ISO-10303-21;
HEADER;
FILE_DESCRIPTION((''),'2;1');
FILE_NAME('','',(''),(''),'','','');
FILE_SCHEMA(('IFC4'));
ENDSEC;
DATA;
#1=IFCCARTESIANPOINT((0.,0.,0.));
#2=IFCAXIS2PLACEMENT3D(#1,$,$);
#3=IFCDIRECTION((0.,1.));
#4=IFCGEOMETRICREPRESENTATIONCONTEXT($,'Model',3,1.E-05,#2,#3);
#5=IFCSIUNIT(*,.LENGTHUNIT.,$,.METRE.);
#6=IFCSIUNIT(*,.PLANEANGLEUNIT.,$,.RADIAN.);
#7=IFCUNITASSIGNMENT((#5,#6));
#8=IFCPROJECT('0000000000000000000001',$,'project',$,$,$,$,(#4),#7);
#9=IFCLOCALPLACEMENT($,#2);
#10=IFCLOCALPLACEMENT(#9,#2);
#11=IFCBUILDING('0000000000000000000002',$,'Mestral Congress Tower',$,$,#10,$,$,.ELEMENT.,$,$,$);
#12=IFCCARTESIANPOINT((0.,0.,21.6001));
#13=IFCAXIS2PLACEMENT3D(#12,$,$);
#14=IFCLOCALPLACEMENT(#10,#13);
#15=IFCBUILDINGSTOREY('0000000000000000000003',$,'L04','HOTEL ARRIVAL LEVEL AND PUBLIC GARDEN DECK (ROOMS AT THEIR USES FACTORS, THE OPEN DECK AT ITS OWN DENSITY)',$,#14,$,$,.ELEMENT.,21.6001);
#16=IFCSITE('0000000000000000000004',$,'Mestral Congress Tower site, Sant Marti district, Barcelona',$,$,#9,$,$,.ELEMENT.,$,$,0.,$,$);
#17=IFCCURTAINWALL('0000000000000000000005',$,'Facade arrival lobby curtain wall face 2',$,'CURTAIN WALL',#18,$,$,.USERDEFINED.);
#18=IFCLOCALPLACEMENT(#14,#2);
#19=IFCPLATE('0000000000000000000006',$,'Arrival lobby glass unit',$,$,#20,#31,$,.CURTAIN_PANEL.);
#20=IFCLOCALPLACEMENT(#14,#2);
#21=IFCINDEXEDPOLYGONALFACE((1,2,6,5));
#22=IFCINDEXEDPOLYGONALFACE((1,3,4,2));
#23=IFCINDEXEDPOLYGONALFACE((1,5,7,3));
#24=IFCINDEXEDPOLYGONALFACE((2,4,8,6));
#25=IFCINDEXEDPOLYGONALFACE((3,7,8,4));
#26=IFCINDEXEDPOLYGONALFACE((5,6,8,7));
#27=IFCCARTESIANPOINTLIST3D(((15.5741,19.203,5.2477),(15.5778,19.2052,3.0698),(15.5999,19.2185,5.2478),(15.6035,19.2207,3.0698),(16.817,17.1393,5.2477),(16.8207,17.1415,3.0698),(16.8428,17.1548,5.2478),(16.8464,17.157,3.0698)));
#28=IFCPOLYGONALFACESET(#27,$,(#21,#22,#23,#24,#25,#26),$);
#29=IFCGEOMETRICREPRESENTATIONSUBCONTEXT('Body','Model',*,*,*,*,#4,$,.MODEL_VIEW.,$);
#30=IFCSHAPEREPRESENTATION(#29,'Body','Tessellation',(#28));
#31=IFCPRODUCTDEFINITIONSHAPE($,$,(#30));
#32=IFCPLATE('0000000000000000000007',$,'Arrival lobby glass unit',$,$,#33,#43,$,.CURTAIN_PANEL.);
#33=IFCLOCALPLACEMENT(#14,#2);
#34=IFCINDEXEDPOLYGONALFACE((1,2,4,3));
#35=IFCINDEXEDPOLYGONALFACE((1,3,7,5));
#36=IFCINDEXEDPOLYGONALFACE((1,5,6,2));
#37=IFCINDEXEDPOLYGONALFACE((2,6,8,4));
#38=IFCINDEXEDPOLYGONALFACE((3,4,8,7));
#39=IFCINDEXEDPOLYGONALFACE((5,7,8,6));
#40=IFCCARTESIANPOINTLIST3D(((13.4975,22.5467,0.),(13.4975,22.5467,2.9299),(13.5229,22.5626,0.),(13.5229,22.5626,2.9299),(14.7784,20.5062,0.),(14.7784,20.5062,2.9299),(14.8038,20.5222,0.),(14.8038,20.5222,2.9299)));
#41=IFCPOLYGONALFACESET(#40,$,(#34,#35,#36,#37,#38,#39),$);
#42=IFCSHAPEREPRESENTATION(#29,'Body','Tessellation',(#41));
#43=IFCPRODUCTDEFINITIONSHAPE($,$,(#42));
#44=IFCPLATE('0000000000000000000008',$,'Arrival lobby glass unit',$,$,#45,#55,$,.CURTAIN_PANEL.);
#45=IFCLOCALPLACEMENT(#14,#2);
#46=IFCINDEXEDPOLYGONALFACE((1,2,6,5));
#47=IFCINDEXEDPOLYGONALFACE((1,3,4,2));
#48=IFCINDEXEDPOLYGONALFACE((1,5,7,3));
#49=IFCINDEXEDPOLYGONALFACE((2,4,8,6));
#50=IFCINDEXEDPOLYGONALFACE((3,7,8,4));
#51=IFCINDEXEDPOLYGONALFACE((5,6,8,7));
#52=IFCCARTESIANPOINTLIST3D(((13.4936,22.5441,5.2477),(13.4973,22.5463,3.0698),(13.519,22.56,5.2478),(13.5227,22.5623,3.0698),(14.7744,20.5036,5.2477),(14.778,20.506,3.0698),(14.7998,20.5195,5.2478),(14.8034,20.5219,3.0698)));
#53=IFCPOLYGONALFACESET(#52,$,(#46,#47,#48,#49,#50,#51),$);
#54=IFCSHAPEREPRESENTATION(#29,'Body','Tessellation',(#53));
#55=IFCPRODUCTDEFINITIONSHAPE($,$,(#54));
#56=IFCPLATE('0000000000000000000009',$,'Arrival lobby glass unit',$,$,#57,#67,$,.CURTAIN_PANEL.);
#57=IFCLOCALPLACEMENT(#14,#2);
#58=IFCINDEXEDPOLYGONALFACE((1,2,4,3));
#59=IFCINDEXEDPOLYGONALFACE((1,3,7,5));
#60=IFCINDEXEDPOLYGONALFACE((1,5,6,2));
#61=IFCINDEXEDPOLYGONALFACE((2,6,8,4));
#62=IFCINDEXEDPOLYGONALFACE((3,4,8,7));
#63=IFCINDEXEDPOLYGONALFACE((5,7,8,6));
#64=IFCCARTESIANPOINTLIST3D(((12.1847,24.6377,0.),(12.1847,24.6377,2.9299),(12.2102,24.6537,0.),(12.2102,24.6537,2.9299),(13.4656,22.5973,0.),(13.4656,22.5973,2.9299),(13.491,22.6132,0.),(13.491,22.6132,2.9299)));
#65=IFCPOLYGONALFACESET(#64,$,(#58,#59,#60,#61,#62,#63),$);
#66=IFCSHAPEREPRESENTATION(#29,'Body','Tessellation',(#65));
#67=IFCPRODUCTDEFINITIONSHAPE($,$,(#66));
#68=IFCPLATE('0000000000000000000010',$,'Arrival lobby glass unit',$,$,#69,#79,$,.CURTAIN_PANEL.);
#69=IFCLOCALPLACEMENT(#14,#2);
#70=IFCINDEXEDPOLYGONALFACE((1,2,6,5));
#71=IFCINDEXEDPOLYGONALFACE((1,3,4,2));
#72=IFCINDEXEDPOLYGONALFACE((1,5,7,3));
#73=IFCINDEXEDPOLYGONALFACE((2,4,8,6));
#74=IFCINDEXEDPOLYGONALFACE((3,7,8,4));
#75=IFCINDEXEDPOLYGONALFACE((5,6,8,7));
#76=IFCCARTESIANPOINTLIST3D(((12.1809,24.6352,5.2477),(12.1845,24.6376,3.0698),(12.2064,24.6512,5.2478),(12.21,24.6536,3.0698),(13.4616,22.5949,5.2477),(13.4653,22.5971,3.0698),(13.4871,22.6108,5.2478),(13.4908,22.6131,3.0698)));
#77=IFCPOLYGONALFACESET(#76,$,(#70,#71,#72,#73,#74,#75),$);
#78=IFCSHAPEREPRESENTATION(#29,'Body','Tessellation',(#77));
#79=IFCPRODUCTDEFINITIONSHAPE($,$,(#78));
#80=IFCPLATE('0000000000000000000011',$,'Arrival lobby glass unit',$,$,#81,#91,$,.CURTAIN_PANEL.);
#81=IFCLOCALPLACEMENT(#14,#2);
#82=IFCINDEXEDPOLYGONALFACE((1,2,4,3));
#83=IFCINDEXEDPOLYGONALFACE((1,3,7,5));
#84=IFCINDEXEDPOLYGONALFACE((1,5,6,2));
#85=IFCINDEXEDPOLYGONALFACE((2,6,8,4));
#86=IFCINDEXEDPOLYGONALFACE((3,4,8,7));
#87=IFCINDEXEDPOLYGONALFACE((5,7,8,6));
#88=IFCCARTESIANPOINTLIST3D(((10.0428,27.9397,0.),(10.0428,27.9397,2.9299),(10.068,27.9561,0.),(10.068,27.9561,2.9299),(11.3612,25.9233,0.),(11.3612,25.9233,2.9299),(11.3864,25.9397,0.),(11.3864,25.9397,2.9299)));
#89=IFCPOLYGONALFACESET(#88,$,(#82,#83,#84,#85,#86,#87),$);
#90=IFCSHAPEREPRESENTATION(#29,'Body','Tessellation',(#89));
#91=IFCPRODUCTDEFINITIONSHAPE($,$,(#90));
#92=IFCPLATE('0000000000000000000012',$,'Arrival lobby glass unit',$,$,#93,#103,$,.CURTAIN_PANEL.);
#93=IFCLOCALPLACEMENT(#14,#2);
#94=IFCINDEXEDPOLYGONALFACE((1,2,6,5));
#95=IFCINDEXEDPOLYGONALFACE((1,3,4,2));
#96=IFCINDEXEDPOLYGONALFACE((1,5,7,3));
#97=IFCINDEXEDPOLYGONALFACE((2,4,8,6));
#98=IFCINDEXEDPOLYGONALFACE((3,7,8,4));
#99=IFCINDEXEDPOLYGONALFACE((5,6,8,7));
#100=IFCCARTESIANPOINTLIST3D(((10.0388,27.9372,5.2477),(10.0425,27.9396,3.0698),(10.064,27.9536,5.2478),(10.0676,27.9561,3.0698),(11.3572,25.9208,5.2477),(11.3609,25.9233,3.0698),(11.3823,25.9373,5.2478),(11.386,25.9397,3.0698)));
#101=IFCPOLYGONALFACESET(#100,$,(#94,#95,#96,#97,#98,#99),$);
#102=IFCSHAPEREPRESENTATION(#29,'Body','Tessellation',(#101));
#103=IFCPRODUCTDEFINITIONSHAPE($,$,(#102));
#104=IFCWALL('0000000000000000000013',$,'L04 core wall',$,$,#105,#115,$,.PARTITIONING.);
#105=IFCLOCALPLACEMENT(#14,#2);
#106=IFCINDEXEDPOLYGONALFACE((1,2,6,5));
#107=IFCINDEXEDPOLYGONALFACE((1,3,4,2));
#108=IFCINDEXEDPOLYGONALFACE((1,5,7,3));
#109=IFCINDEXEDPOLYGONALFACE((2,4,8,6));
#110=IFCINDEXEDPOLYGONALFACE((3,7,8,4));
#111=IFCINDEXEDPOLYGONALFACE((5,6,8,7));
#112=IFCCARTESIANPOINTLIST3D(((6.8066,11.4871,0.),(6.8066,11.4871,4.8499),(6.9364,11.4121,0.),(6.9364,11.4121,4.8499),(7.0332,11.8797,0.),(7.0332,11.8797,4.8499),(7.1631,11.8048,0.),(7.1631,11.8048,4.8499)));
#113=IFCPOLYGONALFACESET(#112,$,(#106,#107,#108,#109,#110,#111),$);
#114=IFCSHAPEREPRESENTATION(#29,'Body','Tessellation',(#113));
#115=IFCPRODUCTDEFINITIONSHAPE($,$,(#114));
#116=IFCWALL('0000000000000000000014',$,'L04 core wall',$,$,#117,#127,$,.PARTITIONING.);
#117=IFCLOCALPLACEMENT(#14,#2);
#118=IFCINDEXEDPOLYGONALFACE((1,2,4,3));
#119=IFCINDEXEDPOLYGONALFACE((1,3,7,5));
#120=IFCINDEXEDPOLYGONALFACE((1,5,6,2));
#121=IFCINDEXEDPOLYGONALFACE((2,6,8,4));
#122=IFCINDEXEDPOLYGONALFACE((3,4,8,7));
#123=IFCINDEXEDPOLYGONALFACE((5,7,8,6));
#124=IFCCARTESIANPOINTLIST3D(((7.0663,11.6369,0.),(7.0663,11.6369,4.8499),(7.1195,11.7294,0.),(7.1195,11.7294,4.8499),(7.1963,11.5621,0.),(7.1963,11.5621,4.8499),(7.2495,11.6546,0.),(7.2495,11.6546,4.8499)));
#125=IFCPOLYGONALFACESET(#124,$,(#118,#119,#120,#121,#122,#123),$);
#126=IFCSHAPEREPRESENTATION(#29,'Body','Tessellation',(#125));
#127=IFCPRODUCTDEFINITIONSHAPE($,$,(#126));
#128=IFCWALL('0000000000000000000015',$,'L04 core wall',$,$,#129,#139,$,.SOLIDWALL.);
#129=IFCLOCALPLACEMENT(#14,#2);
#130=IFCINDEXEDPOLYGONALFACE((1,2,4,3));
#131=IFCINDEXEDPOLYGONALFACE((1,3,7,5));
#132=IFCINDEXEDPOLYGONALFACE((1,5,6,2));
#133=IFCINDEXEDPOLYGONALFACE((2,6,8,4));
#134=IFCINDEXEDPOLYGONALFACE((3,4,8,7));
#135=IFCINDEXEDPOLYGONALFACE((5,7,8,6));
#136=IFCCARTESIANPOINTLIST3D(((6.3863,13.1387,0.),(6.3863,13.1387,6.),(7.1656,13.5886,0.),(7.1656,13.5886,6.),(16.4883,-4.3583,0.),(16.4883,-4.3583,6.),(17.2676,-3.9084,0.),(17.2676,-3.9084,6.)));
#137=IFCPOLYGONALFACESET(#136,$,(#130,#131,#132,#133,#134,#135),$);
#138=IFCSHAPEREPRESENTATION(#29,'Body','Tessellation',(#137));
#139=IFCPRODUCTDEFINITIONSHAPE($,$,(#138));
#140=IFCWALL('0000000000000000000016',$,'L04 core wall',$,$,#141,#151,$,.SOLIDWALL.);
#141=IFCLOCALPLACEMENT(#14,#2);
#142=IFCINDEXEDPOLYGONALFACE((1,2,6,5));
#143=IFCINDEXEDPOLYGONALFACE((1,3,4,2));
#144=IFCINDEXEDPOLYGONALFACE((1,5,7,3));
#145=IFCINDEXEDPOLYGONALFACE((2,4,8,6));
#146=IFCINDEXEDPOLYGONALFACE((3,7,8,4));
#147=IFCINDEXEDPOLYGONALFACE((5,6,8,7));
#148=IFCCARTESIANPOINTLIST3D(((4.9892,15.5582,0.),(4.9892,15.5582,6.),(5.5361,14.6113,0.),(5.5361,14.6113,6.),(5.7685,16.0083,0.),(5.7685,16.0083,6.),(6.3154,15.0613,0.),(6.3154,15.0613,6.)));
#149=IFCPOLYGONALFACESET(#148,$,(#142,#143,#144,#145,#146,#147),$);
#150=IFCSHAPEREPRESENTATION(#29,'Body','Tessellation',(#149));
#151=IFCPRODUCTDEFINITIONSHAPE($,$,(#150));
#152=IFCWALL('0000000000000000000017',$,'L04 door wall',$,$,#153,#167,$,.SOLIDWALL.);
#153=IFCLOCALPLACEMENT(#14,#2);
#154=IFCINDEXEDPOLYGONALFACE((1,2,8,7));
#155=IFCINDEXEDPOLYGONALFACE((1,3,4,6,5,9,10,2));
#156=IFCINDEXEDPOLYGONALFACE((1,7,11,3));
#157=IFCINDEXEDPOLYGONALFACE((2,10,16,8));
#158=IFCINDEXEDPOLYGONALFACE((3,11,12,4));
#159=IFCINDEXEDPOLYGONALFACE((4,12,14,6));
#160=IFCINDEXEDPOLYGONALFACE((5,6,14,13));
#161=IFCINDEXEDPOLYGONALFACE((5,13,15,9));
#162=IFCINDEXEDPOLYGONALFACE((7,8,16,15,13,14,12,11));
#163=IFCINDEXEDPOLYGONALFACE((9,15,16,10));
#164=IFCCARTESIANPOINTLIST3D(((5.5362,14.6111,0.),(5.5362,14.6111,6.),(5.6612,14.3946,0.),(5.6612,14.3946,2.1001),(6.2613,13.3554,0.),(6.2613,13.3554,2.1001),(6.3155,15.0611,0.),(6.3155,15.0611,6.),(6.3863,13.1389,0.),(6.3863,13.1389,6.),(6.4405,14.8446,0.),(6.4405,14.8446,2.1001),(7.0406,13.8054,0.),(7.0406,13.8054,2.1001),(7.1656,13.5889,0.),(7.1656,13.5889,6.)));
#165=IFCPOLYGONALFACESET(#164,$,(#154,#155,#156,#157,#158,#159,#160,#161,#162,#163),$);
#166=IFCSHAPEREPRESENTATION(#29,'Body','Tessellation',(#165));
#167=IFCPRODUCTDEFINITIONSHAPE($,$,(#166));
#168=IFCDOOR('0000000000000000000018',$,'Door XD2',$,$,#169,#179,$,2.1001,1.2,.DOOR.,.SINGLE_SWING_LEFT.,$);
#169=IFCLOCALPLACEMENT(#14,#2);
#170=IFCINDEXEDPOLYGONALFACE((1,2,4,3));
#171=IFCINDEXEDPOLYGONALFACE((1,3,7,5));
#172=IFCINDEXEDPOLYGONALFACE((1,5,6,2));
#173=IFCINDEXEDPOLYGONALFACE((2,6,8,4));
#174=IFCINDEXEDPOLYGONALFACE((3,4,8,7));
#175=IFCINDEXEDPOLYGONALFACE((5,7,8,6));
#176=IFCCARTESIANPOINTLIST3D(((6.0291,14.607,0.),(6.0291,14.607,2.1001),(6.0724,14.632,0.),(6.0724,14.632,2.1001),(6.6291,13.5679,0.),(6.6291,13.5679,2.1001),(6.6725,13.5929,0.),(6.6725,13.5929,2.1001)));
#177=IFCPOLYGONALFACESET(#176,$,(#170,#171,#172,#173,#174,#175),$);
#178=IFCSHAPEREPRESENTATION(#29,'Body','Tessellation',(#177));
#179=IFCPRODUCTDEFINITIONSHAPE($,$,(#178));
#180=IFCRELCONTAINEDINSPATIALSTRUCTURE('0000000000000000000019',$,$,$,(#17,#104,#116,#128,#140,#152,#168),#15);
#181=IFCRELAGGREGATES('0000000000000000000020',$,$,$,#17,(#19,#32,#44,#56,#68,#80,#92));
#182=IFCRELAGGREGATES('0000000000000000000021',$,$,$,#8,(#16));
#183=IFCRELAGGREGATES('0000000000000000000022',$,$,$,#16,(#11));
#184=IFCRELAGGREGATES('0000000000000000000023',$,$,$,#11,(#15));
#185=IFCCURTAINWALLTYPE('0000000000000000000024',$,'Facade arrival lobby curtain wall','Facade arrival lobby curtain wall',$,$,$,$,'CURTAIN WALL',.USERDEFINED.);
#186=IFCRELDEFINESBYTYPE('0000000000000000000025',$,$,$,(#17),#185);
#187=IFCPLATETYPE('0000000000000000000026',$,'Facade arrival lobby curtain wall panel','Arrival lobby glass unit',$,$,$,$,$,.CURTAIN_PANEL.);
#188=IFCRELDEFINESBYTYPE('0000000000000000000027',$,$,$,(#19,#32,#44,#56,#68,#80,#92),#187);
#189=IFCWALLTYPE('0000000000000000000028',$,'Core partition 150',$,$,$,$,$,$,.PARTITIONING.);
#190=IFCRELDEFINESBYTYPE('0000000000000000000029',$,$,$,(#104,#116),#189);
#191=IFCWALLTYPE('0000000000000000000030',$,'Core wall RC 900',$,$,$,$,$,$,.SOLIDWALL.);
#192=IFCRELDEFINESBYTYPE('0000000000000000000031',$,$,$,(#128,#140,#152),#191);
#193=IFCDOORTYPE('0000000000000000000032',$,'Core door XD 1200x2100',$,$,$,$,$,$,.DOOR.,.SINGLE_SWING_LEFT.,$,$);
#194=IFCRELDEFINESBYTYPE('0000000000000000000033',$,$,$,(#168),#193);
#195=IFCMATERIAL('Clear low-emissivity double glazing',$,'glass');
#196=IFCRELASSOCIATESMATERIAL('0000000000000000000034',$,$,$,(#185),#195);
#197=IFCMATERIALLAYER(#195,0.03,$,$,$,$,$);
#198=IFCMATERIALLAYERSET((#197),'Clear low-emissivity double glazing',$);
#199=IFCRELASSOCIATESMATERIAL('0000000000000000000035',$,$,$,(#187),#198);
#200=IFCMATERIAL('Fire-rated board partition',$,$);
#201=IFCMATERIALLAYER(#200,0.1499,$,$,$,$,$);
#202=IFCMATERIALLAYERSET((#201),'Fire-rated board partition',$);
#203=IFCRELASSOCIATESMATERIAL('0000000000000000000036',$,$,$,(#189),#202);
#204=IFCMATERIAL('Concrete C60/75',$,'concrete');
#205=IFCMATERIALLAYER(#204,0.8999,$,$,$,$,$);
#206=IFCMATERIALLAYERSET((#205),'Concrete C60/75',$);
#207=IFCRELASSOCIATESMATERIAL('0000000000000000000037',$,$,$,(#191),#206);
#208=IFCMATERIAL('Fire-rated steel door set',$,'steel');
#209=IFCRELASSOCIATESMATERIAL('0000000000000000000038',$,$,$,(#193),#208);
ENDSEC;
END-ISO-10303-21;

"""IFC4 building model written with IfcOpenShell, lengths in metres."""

from ifc_helpers import new_model, si_unit, direction, frame, frame_2d, origin, origin_2d, place, context, subcontext, project, spatial, polyline, rectangle, outline, extrude, material, layer, layer_set, type_object, element, fill, aggregate, save


model = new_model("IFC4")

# Units and contexts
model_context = context("Model", 3, precision=1e-05, world=origin(), true_north=direction((0.0, 1.0)))
body_context = subcontext(model_context, "Body", "Model", "MODEL_VIEW")
ifc_project = project(units=[si_unit("LENGTHUNIT", "METRE"), si_unit("PLANEANGLEUNIT", "RADIAN")], contexts=[model_context])

# Site, building, storey
site_placement = place(None, origin())
site = spatial("IfcSite", under=ifc_project, at=site_placement, Name="Mestral Congress Tower site, Sant Marti district, Barcelona", CompositionType="ELEMENT", RefElevation=0.0)
building_placement = place(site_placement, origin())
building = spatial("IfcBuilding", under=site, at=building_placement, Name="Mestral Congress Tower", CompositionType="ELEMENT")
storey_placement = place(building_placement, frame((0.0, 0.0, 21.6001)))
storey = spatial("IfcBuildingStorey", under=building, at=storey_placement, Name="L04", Description="HOTEL ARRIVAL LEVEL AND PUBLIC GARDEN DECK (ROOMS AT THEIR USES FACTORS, THE OPEN DECK AT ITS OWN DENSITY)", CompositionType="ELEMENT", Elevation=21.6001)

# Curtain wall
ifc_material_1 = material(Name="Clear low-emissivity double glazing", Category="glass")
curtain_wall_type = type_object("IfcCurtainWallType", Name="Facade arrival lobby curtain wall", Description="Facade arrival lobby curtain wall", ElementType="CURTAIN WALL", PredefinedType="USERDEFINED", material=ifc_material_1)
curtain_wall_placement = place(storey_placement, origin())
curtain_wall = element("IfcCurtainWall", 1, at=curtain_wall_placement, inside=storey, type_object=curtain_wall_type, Name="Facade arrival lobby curtain wall face 2", ObjectType="CURTAIN WALL", PredefinedType="USERDEFINED")

# Plates
ifc_layer_1 = layer(ifc_material_1, 0.03)
ifc_layer_set_1 = layer_set([ifc_layer_1], Name="Clear low-emissivity double glazing")
plate_type = type_object("IfcPlateType", Name="Facade arrival lobby curtain wall panel", Description="Arrival lobby glass unit", PredefinedType="CURTAIN_PANEL", material=ifc_layer_set_1)
plate_1_placement = place(storey_placement, frame((15.6035, 19.2207, 3.0698), z_axis=(0.856632, 0.515925, 0.001961), x_axis=(0.515926, -0.856633, 0.0)))
plate_1 = element("IfcPlate", 2, at=plate_1_placement, type_object=plate_type, Name="Arrival lobby glass unit", PredefinedType="CURTAIN_PANEL", context=body_context, shape_type="SweptSolid", body=[
    extrude(outline(polyline([(0.0, 0.0), (2.4091, 0.0), (2.4091, -2.178), (0.0, -2.178), (0.0, 0.0)])), origin(), (0.0, 0.0, -1.0), 0.03),
])
plate_2_placement = place(storey_placement, frame((14.1506, 21.5344, 0.0), z_axis=(0.0, 0.0, 1.0), x_axis=(-0.531668, 0.846953, 0.0)))
plate_2 = element("IfcPlate", 3, at=plate_2_placement, type_object=plate_type, Name="Arrival lobby glass unit", PredefinedType="CURTAIN_PANEL", context=body_context, shape_type="SweptSolid", body=[
    extrude(rectangle(XDim=2.4092, YDim=0.03, at=origin_2d()), origin(), (0.0, 0.0, 1.0), 2.9299),
])
plate_3_placement = place(storey_placement, frame((13.5227, 22.5623, 3.0698), z_axis=(0.846967, 0.531641, 0.00199), x_axis=(0.531642, -0.846969, 0.0)))
plate_3 = element("IfcPlate", 4, at=plate_3_placement, type_object=plate_type, Name="Arrival lobby glass unit", PredefinedType="CURTAIN_PANEL", context=body_context, shape_type="SweptSolid", body=[
    extrude(outline(polyline([(0.0, 0.0), (2.409, 0.0), (2.4091, -2.178), (-0.0001, -2.178), (0.0, 0.0)])), origin(), (0.0, 0.0, -1.0), 0.03),
])
plate_4_placement = place(storey_placement, frame((12.8379, 23.6255, 0.0), z_axis=(0.0, 0.0, 1.0), x_axis=(-0.531668, 0.846953, 0.0)))
plate_4 = element("IfcPlate", 5, at=plate_4_placement, type_object=plate_type, Name="Arrival lobby glass unit", PredefinedType="CURTAIN_PANEL", context=body_context, shape_type="SweptSolid", body=[
    extrude(rectangle(XDim=2.4092, YDim=0.03, at=origin_2d()), origin(), (0.0, 0.0, 1.0), 2.9299),
])
plate_5_placement = place(storey_placement, frame((12.21, 24.6536, 3.0698), z_axis=(0.846967, 0.531641, 0.00199), x_axis=(0.531642, -0.846969, 0.0)))
plate_5 = element("IfcPlate", 6, at=plate_5_placement, type_object=plate_type, Name="Arrival lobby glass unit", PredefinedType="CURTAIN_PANEL", context=body_context, shape_type="SweptSolid", body=[
    extrude(outline(polyline([(0.0, 0.0), (2.4092, 0.0), (2.4091, -2.178), (0.0001, -2.178), (0.0, 0.0)])), origin(), (0.0, 0.0, -1.0), 0.03),
])
plate_6_placement = place(storey_placement, frame((10.7146, 26.9397, 0.0), z_axis=(0.0, 0.0, 1.0), x_axis=(-0.54723, 0.836982, 0.0)))
plate_6 = element("IfcPlate", 7, at=plate_6_placement, type_object=plate_type, Name="Arrival lobby glass unit", PredefinedType="CURTAIN_PANEL", context=body_context, shape_type="SweptSolid", body=[
    extrude(rectangle(XDim=2.4092, YDim=0.03, at=origin_2d()), origin(), (0.0, 0.0, 1.0), 2.9299),
])
plate_7_placement = place(storey_placement, frame((10.0676, 27.9561, 3.0698), z_axis=(0.836973, 0.54724, 0.002021), x_axis=(0.547241, -0.836975, 0.0)))
plate_7 = element("IfcPlate", 8, at=plate_7_placement, type_object=plate_type, Name="Arrival lobby glass unit", PredefinedType="CURTAIN_PANEL", context=body_context, shape_type="SweptSolid", body=[
    extrude(outline(polyline([(0.0, 0.0), (2.4091, 0.0), (2.4091, -2.178), (0.0, -2.178), (0.0, 0.0)])), origin(), (0.0, 0.0, -1.0), 0.03),
])
aggregate(curtain_wall, [plate_1, plate_2, plate_3, plate_4, plate_5, plate_6, plate_7])

# Walls
ifc_material_2 = material(Name="Fire-rated board partition")
ifc_layer_2 = layer(ifc_material_2, 0.1499)
ifc_layer_set_2 = layer_set([ifc_layer_2], Name="Fire-rated board partition")
wall_type_1 = type_object("IfcWallType", Name="Core partition 150", PredefinedType="PARTITIONING", material=ifc_layer_set_2)
wall_1_placement = place(storey_placement, frame((6.8716, 11.4497, 0.0), z_axis=(0.0, 0.0, 1.0), x_axis=(0.499847, 0.866114, 0.0)))
element("IfcWall", 9, at=wall_1_placement, inside=storey, type_object=wall_type_1, Name="L04 core wall", PredefinedType="PARTITIONING", context=body_context, shape_type="SweptSolid", body=[
    extrude(rectangle(XDim=0.4534, YDim=0.1499, at=frame_2d((0.2266, 0.0))), origin(), (0.0, 0.0, 1.0), 4.8499),
])
wall_2_placement = place(storey_placement, frame((7.1313, 11.5996, 0.0), z_axis=(0.0, 0.0, 1.0), x_axis=(0.4986, 0.866832, 0.0)))
element("IfcWall", 10, at=wall_2_placement, inside=storey, type_object=wall_type_1, Name="L04 core wall", PredefinedType="PARTITIONING", context=body_context, shape_type="SweptSolid", body=[
    extrude(rectangle(XDim=0.1067, YDim=0.1499, at=frame_2d((0.0532, 0.0))), origin(), (0.0, 0.0, 1.0), 4.8499),
])
ifc_material_3 = material(Name="Concrete C60/75", Category="concrete")
ifc_layer_3 = layer(ifc_material_3, 0.8999)
ifc_layer_set_3 = layer_set([ifc_layer_3], Name="Concrete C60/75")
wall_type_2 = type_object("IfcWallType", Name="Core wall RC 900", PredefinedType="SOLIDWALL", material=ifc_layer_set_3)
wall_3_placement = place(storey_placement, frame((6.7759, 13.3638, 0.0), z_axis=(0.0, 0.0, 1.0), x_axis=(0.500004, -0.866023, 0.0)))
element("IfcWall", 11, at=wall_3_placement, inside=storey, type_object=wall_type_2, Name="L04 core wall", PredefinedType="SOLIDWALL", context=body_context, shape_type="SweptSolid", body=[
    extrude(rectangle(XDim=20.2039, YDim=0.8999, at=frame_2d((10.1021, 0.0))), origin(), (0.0, 0.0, 1.0), 6.0),
])
wall_4_placement = place(storey_placement, frame((5.9258, 14.8362, 0.0), z_axis=(0.0, 0.0, 1.0), x_axis=(-0.500077, 0.865981, 0.0)))
element("IfcWall", 12, at=wall_4_placement, inside=storey, type_object=wall_type_2, Name="L04 core wall", PredefinedType="SOLIDWALL", context=body_context, shape_type="SweptSolid", body=[
    extrude(rectangle(XDim=1.0935, YDim=0.8999, at=frame_2d((0.5469, 0.0))), origin(), (0.0, 0.0, 1.0), 6.0),
])

# Wall, opening, door
wall_5_placement = place(storey_placement, frame((5.9258, 14.8362, 0.0), z_axis=(0.0, 0.0, 1.0), x_axis=(0.500062, -0.865989, 0.0)))
wall_5 = element("IfcWall", 13, at=wall_5_placement, inside=storey, type_object=wall_type_2, Name="L04 door wall", PredefinedType="SOLIDWALL", context=body_context, shape_type="SweptSolid", body=[
    extrude(rectangle(XDim=1.7, YDim=0.8999, at=frame_2d((0.8501, 0.0))), origin(), (0.0, 0.0, 1.0), 6.0),
])
opening_placement = place(wall_5_placement, frame((0.25, 0.0, 0.0)))
opening = element("IfcOpeningElement", 14, at=opening_placement, cuts=wall_5, PredefinedType="OPENING", context=body_context, shape_type="SweptSolid", body=[
    extrude(rectangle(XDim=1.2, YDim=2.1001, at=frame_2d((0.6001, 1.05))), frame((0.0, 0.46, 0.0), z_axis=(0.0, -1.0, 0.0), x_axis=(1.0, 0.0, 0.0)), (0.0, 0.0, 1.0), 0.9199),
])
ifc_material_4 = material(Name="Fire-rated steel door set", Category="steel")
door_type = type_object("IfcDoorType", Name="Core door XD 1200x2100", OperationType="SINGLE_SWING_LEFT", PredefinedType="DOOR", material=ifc_material_4)
door_placement = place(opening_placement, origin())
door = element("IfcDoor", 15, at=door_placement, inside=storey, type_object=door_type, Name="Door XD2", OperationType="SINGLE_SWING_LEFT", OverallHeight=2.1001, OverallWidth=1.2, PredefinedType="DOOR", context=body_context, shape_type="SweptSolid", body=[
    extrude(rectangle(XDim=1.2, YDim=2.1001, at=frame_2d((0.6001, 1.05))), frame((0.0, 0.0249, 0.0), z_axis=(0.0, -1.0, 0.0), x_axis=(1.0, 0.0, 0.0)), (0.0, 0.0, 1.0), 0.05),
])
fill(opening, door)

save(model, "model.ifc")
